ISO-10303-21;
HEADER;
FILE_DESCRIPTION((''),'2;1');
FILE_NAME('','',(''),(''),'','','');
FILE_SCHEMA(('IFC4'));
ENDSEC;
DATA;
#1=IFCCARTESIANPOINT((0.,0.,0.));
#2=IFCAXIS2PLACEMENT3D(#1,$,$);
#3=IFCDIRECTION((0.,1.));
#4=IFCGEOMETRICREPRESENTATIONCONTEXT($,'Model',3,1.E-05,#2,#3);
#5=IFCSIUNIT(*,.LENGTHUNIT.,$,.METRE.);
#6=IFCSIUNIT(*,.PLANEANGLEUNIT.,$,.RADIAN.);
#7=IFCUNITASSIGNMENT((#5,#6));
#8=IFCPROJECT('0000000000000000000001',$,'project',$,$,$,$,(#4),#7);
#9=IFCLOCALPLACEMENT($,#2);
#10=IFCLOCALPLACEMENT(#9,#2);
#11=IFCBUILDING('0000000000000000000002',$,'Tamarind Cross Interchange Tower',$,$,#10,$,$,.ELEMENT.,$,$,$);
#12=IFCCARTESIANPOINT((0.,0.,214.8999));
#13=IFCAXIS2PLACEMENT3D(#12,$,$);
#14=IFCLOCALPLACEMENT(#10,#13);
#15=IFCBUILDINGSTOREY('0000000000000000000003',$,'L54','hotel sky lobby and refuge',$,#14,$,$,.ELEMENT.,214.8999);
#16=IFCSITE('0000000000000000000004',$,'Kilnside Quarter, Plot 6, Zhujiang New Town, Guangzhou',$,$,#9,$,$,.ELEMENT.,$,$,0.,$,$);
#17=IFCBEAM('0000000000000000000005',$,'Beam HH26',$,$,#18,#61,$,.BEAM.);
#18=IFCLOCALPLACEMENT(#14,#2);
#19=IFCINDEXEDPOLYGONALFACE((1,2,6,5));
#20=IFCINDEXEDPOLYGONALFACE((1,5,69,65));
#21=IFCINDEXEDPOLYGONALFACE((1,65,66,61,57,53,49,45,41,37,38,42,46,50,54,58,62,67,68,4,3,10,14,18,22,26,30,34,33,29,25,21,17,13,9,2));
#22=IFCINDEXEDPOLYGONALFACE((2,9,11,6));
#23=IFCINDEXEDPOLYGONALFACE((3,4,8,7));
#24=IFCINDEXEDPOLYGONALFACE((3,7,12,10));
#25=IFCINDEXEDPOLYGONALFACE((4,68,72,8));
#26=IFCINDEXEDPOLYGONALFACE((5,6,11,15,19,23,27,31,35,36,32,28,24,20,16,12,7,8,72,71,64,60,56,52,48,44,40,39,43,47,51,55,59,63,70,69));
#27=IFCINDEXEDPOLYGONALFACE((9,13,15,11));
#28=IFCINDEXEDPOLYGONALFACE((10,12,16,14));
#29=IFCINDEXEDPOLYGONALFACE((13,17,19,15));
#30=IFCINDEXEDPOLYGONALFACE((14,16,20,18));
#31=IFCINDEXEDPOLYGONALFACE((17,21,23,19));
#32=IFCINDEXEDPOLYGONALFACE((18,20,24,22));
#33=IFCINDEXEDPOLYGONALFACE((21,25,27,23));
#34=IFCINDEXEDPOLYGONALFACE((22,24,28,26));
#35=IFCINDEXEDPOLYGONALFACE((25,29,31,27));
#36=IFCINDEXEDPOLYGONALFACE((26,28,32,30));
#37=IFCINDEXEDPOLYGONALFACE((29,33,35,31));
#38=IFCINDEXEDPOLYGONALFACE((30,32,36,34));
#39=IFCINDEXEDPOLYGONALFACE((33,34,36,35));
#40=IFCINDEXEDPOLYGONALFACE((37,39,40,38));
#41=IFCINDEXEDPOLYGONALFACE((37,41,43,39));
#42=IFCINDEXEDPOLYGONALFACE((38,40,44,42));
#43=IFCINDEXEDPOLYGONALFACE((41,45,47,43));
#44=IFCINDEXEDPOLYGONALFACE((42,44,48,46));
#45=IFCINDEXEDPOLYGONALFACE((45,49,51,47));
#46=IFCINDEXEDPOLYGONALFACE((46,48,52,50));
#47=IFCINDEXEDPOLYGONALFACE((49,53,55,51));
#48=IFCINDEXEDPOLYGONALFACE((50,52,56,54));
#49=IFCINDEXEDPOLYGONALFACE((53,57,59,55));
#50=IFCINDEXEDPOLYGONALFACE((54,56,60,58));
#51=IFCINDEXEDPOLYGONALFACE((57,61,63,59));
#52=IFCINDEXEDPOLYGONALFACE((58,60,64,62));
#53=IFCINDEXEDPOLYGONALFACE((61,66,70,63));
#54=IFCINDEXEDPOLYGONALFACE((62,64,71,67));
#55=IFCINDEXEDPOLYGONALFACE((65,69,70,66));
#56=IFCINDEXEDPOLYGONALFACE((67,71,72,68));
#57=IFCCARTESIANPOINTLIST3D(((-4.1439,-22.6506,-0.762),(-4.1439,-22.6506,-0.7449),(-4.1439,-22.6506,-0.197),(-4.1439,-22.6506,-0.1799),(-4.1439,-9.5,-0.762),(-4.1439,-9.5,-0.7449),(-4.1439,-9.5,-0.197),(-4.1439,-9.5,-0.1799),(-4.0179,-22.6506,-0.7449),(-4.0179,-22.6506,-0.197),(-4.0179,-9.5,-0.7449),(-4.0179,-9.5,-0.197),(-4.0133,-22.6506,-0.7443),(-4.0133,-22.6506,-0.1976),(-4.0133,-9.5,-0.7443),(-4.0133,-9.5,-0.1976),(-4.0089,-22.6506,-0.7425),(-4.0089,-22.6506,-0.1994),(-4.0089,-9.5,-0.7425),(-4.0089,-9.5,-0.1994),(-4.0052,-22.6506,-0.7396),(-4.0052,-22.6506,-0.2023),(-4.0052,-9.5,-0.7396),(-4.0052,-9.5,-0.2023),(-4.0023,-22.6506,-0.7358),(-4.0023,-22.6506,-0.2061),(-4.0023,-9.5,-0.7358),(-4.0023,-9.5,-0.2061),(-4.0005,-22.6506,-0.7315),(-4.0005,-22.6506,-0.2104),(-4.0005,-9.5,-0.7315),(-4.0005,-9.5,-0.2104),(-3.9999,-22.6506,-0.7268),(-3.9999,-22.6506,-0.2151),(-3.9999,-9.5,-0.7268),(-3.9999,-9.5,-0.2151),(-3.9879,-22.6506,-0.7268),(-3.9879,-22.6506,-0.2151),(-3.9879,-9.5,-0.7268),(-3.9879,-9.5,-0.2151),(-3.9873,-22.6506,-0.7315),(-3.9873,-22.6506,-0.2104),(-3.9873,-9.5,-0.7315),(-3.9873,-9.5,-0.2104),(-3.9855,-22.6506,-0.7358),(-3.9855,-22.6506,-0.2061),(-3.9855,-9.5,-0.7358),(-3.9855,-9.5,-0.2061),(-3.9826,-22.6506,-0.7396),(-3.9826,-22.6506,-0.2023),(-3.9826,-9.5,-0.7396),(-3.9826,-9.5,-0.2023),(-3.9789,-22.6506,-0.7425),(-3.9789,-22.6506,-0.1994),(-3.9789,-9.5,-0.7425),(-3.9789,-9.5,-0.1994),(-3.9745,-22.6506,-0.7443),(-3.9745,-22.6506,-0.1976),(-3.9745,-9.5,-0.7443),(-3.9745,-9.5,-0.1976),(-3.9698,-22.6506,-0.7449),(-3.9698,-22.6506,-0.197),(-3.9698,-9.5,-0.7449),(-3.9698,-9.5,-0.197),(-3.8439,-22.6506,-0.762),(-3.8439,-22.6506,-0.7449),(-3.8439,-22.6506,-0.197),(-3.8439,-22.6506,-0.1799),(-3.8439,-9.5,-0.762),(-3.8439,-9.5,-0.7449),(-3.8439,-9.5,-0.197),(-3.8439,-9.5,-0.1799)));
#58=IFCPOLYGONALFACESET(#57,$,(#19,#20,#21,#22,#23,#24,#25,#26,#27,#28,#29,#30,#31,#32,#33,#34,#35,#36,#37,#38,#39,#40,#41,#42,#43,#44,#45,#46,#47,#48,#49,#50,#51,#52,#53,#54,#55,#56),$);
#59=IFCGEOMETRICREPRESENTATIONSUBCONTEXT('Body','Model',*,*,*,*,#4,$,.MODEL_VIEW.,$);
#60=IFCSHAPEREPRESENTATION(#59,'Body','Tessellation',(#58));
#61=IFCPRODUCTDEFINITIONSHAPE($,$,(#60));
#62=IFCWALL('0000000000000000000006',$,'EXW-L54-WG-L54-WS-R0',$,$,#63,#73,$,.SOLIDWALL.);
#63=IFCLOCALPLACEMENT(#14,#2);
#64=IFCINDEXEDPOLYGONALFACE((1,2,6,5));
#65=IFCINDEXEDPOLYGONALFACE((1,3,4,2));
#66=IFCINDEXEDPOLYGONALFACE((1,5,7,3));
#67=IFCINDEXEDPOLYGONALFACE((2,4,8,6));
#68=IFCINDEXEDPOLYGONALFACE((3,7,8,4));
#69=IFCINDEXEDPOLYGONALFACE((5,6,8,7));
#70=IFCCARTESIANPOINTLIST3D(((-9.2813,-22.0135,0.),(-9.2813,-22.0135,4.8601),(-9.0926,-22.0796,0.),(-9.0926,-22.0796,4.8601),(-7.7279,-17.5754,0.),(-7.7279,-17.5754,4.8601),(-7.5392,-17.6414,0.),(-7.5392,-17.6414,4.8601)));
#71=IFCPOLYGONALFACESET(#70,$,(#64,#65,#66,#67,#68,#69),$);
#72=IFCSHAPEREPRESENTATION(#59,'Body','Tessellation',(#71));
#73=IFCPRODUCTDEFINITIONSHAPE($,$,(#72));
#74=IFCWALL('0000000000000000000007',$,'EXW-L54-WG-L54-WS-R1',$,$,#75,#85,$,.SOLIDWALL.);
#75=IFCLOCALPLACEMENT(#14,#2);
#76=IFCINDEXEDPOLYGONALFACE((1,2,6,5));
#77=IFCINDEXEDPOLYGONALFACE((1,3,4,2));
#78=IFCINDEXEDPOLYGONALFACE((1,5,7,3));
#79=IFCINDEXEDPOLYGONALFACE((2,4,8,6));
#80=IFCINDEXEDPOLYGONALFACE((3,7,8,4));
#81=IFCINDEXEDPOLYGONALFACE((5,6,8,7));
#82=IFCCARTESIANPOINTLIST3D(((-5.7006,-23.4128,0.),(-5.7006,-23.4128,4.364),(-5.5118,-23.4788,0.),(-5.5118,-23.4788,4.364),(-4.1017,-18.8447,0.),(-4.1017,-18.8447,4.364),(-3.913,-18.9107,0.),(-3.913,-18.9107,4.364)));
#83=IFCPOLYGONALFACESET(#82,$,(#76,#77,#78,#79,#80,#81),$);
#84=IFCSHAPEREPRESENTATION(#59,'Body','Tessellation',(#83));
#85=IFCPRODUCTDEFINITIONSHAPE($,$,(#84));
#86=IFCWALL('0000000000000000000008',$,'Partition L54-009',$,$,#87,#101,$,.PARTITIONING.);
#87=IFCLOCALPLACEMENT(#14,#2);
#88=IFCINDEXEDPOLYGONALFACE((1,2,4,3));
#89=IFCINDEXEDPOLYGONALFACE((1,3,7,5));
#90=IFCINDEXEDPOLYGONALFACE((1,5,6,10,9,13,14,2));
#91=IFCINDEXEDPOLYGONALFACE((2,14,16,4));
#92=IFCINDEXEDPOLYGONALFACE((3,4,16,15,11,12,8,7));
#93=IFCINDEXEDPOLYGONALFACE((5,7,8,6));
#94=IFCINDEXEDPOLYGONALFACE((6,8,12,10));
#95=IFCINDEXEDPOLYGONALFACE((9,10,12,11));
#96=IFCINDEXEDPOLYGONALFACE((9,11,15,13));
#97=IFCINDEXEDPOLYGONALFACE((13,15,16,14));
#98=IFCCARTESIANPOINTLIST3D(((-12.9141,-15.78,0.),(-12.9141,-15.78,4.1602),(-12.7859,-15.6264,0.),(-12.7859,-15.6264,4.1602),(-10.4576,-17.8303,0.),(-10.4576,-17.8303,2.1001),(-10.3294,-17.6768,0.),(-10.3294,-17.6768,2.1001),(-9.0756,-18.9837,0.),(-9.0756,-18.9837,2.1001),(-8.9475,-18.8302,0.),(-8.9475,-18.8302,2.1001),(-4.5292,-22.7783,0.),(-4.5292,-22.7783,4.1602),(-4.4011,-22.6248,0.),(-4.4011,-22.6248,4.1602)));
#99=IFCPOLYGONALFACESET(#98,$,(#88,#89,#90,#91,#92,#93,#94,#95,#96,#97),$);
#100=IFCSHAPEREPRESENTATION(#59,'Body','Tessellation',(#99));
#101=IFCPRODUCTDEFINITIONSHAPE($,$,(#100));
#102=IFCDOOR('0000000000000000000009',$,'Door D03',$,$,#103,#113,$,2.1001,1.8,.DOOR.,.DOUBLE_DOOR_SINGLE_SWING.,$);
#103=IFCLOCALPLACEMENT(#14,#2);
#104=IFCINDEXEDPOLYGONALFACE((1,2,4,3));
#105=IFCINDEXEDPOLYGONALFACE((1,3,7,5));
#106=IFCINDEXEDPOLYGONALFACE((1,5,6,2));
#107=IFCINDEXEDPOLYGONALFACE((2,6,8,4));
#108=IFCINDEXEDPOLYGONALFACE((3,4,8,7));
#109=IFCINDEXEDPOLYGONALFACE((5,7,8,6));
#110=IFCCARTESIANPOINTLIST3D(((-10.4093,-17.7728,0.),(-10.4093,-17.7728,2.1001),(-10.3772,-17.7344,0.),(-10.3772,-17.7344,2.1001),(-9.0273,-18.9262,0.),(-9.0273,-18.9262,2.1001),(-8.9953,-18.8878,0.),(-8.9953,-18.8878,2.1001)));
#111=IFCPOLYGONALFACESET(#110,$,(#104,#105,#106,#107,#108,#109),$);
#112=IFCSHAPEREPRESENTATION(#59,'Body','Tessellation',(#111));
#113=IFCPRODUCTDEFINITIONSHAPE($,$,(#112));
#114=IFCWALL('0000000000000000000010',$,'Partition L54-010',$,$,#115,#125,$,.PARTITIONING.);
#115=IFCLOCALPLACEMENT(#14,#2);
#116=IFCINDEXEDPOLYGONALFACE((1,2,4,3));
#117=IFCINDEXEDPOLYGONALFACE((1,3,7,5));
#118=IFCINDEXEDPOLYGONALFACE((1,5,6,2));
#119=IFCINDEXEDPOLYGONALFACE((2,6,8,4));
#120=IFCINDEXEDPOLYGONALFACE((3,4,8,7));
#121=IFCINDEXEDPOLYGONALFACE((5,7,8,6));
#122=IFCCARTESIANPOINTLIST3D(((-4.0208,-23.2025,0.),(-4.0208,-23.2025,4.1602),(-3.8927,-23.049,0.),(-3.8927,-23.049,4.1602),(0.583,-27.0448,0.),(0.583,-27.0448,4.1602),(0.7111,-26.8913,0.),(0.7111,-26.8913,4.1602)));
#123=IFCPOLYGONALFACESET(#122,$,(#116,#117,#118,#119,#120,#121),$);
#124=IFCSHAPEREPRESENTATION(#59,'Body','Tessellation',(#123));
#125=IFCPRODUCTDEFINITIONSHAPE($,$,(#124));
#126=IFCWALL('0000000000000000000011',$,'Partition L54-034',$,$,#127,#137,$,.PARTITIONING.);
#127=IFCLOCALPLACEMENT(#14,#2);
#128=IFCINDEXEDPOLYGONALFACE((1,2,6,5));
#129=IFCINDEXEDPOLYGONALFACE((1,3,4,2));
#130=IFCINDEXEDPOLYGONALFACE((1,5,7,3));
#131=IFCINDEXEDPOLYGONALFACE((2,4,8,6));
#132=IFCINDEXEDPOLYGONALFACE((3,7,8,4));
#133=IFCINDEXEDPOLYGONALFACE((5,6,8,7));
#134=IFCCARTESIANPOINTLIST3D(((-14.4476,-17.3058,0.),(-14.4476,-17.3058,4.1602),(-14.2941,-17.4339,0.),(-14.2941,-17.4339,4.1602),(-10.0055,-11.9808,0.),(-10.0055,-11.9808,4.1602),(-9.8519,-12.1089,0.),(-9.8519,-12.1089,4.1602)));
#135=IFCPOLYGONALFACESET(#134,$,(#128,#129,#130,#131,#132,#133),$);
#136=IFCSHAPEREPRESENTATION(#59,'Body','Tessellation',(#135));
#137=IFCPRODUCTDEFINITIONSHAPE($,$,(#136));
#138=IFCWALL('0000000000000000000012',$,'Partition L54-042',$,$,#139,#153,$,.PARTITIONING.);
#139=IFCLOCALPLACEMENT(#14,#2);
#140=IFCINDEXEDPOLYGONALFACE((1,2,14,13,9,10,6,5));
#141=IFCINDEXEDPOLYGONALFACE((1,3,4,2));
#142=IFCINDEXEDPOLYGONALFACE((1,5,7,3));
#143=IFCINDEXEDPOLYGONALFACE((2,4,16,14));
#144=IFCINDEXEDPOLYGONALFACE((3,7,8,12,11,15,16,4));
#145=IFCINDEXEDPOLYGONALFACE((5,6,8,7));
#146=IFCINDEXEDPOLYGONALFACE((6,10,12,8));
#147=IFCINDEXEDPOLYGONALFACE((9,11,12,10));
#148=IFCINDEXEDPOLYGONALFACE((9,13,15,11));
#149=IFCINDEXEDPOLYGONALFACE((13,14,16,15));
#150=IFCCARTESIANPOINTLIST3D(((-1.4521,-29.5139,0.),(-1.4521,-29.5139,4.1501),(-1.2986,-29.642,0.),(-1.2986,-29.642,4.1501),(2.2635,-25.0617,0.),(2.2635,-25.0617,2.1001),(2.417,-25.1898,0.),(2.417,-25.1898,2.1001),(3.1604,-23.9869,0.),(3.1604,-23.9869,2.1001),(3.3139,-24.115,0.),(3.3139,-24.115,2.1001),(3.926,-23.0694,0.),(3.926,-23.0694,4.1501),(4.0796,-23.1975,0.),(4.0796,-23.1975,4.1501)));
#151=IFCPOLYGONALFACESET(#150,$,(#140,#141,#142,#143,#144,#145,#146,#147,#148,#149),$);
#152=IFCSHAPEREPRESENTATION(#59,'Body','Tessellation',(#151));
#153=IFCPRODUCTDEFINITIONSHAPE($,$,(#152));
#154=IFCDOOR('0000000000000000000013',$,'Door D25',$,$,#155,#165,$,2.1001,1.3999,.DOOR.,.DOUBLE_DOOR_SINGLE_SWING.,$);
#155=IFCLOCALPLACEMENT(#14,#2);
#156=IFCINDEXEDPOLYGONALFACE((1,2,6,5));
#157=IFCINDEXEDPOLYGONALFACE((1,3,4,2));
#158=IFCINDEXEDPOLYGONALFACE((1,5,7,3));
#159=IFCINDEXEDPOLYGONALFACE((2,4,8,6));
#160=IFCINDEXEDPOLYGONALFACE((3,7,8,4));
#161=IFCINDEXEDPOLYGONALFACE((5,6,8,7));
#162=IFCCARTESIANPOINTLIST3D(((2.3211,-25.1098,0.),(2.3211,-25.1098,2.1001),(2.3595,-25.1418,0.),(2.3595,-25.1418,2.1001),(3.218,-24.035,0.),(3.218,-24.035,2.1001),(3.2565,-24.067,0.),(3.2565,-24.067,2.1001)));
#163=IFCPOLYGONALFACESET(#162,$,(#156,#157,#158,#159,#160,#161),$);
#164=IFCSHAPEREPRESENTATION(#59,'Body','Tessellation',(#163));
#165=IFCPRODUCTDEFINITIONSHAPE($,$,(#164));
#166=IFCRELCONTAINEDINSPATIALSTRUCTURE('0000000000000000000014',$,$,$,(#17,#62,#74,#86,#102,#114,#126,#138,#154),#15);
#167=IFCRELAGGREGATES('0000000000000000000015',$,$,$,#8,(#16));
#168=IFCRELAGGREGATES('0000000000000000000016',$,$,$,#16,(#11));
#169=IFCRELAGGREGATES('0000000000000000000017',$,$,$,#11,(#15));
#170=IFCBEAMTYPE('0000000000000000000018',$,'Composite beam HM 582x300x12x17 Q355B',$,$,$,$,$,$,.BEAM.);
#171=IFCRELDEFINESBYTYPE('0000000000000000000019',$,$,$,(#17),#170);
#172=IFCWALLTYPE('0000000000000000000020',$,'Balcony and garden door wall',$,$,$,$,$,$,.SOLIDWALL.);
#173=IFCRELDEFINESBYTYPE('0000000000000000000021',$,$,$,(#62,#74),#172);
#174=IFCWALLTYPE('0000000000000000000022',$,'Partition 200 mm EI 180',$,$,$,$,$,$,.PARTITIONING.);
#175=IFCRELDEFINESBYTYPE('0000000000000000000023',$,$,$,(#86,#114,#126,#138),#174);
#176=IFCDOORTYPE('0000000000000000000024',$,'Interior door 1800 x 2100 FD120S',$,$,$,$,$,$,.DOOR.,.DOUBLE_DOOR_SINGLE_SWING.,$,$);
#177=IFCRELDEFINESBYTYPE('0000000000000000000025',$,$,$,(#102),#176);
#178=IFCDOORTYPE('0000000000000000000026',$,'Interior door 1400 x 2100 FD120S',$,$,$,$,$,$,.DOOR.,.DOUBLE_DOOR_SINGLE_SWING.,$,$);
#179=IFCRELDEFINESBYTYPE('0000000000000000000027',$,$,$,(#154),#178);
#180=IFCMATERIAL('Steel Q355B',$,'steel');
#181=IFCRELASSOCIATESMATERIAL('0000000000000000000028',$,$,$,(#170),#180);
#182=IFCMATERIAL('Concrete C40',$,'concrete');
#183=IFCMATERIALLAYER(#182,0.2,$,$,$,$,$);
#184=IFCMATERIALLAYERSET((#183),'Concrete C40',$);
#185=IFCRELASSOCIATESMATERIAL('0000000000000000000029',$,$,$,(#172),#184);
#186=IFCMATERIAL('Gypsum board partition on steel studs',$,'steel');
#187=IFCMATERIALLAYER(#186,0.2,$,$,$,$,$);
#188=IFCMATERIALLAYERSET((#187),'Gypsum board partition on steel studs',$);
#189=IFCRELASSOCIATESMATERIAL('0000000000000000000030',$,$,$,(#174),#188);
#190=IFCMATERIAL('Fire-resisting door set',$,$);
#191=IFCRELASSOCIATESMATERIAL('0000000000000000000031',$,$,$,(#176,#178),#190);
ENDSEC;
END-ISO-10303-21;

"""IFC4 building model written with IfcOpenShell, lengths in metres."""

from ifc_helpers import new_model, si_unit, direction, frame, frame_2d, origin, origin_2d, place, context, subcontext, project, spatial, rectangle, i_section, extrude, material, layer, layer_set, material_profile, profile_set, type_object, element, fill, save


model = new_model("IFC4")

# Units and contexts
model_context = context("Model", 3, precision=1e-05, world=origin(), true_north=direction((0.0, 1.0)))
body_context = subcontext(model_context, "Body", "Model", "MODEL_VIEW")
ifc_project = project(units=[si_unit("LENGTHUNIT", "METRE"), si_unit("PLANEANGLEUNIT", "RADIAN")], contexts=[model_context])

# Site, building, storey
site_placement = place(None, origin())
site = spatial("IfcSite", under=ifc_project, at=site_placement, Name="Kilnside Quarter, Plot 6, Zhujiang New Town, Guangzhou", CompositionType="ELEMENT", RefElevation=0.0)
building_placement = place(site_placement, origin())
building = spatial("IfcBuilding", under=site, at=building_placement, Name="Tamarind Cross Interchange Tower", CompositionType="ELEMENT")
storey_placement = place(building_placement, frame((0.0, 0.0, 214.8999)))
storey = spatial("IfcBuildingStorey", under=building, at=storey_placement, Name="L54", Description="hotel sky lobby and refuge", CompositionType="ELEMENT", Elevation=214.8999)

# Beam
ifc_material_1 = material(Name="Steel Q355B", Category="steel")
ifc_material_profile_1 = material_profile(ifc_material_1, i_section(OverallWidth=0.3, OverallDepth=0.582, WebThickness=0.012, FlangeThickness=0.0171, FilletRadius=0.0181, at=origin_2d()), Name="HM 582x300x12x17")
ifc_profile_set_1 = profile_set([ifc_material_profile_1], Name="Steel Q355B")
beam_type = type_object("IfcBeamType", Name="Composite beam HM 582x300x12x17 Q355B", PredefinedType="BEAM", material=ifc_profile_set_1)
beam_1_placement = place(storey_placement, frame((-3.9939, -22.6506, -0.4709), z_axis=(0.0, 1.0, 0.0), x_axis=(-1.0, 0.0, 0.0)))
element("IfcBeam", 1, at=beam_1_placement, inside=storey, type_object=beam_type, Name="Beam HH26", PredefinedType="BEAM", context=body_context, shape_type="SweptSolid", body=[
    extrude(i_section(OverallWidth=0.3, OverallDepth=0.582, WebThickness=0.012, FlangeThickness=0.0171, FilletRadius=0.0181, at=origin_2d()), origin(), (0.0, 0.0, 1.0), 13.1506),
])

# Shared definitions
ifc_material_2 = material(Name="Concrete C40", Category="concrete")
ifc_layer_1 = layer(ifc_material_2, 0.2)
ifc_layer_set_1 = layer_set([ifc_layer_1], Name="Concrete C40")
wall_type_1 = type_object("IfcWallType", Name="Balcony and garden door wall", PredefinedType="SOLIDWALL", material=ifc_layer_set_1)

# Walls
wall_1_placement = place(storey_placement, frame((-7.6335, -17.6084, 0.0), z_axis=(0.0, 0.0, 1.0), x_axis=(-0.330367, -0.943853, 0.0)))
element("IfcWall", 2, at=wall_1_placement, inside=storey, type_object=wall_type_1, Name="EXW-L54-WG-L54-WS-R0", PredefinedType="SOLIDWALL", context=body_context, shape_type="SweptSolid", body=[
    extrude(rectangle(XDim=4.7021, YDim=0.2, at=frame_2d((2.3511, 0.0))), origin(), (0.0, 0.0, 1.0), 4.8601),
])
wall_2_placement = place(storey_placement, frame((-4.0073, -18.8777, 0.0), z_axis=(0.0, 0.0, 1.0), x_axis=(-0.330357, -0.943856, 0.0)))
element("IfcWall", 3, at=wall_2_placement, inside=storey, type_object=wall_type_1, Name="EXW-L54-WG-L54-WS-R1", PredefinedType="SOLIDWALL", context=body_context, shape_type="SweptSolid", body=[
    extrude(rectangle(XDim=4.8398, YDim=0.2, at=frame_2d((2.4199, 0.0))), origin(), (0.0, 0.0, 1.0), 4.364),
])

# Wall, opening, door
ifc_material_3 = material(Name="Gypsum board partition on steel studs", Category="steel")
ifc_layer_2 = layer(ifc_material_3, 0.2)
ifc_layer_set_2 = layer_set([ifc_layer_2], Name="Gypsum board partition on steel studs")
wall_type_2 = type_object("IfcWallType", Name="Partition 200 mm EI 180", PredefinedType="PARTITIONING", material=ifc_layer_set_2)
wall_3_placement = place(storey_placement, frame((-12.8501, -15.7031, 0.0), z_axis=(0.0, 0.0, 1.0), x_axis=(0.767726, -0.640778, 0.0)))
wall_3 = element("IfcWall", 4, at=wall_3_placement, inside=storey, type_object=wall_type_2, Name="Partition L54-009", PredefinedType="PARTITIONING", context=body_context, shape_type="SweptSolid", body=[
    extrude(rectangle(XDim=10.9216, YDim=0.2, at=frame_2d((5.4609, 0.0))), origin(), (0.0, 0.0, 1.0), 4.1602),
])
opening_1_placement = place(wall_3_placement, frame((3.2, 0.0, 0.0)))
opening_1 = element("IfcOpeningElement", 5, at=opening_1_placement, cuts=wall_3, PredefinedType="OPENING", context=body_context, shape_type="SweptSolid", body=[
    extrude(rectangle(XDim=1.8, YDim=2.1001, at=frame_2d((0.8999, 1.05))), frame((0.0, 0.1099, 0.0), z_axis=(0.0, -1.0, 0.0), x_axis=(1.0, 0.0, 0.0)), (0.0, 0.0, 1.0), 0.22),
])
ifc_material_4 = material(Name="Fire-resisting door set")
door_type_1 = type_object("IfcDoorType", Name="Interior door 1800 x 2100 FD120S", OperationType="DOUBLE_DOOR_SINGLE_SWING", PredefinedType="DOOR", material=ifc_material_4)
door_1_placement = place(opening_1_placement, frame((1.8, 0.0, 0.0), z_axis=(0.0, 0.0, 1.0), x_axis=(-1.0, 0.0, 0.0)))
door_1 = element("IfcDoor", 6, at=door_1_placement, inside=storey, type_object=door_type_1, Name="Door D03", OperationType="DOUBLE_DOOR_SINGLE_SWING", OverallHeight=2.1001, OverallWidth=1.8, PredefinedType="DOOR", context=body_context, shape_type="SweptSolid", body=[
    extrude(rectangle(XDim=1.8, YDim=2.1001, at=frame_2d((0.8999, 1.05))), frame((0.0, 0.0249, 0.0), z_axis=(0.0, -1.0, 0.0), x_axis=(1.0, 0.0, 0.0)), (0.0, 0.0, 1.0), 0.05),
])
fill(opening_1, door_1)

# Walls
wall_4_placement = place(storey_placement, frame((-3.9568, -23.1257, 0.0), z_axis=(0.0, 0.0, 1.0), x_axis=(0.767744, -0.640757, 0.0)))
element("IfcWall", 7, at=wall_4_placement, inside=storey, type_object=wall_type_2, Name="Partition L54-010", PredefinedType="PARTITIONING", context=body_context, shape_type="SweptSolid", body=[
    extrude(rectangle(XDim=5.9966, YDim=0.2, at=frame_2d((2.9983, 0.0))), origin(), (0.0, 0.0, 1.0), 4.1602),
])
wall_5_placement = place(storey_placement, frame((-14.3708, -17.3699, 0.0), z_axis=(0.0, 0.0, 1.0), x_axis=(0.640583, 0.767889, 0.0)))
element("IfcWall", 8, at=wall_5_placement, inside=storey, type_object=wall_type_2, Name="Partition L54-034", PredefinedType="PARTITIONING", context=body_context, shape_type="SweptSolid", body=[
    extrude(rectangle(XDim=6.9346, YDim=0.2, at=frame_2d((3.4673, 0.0))), origin(), (0.0, 0.0, 1.0), 4.1602),
])

# Wall, opening, door
wall_6_placement = place(storey_placement, frame((-1.3752, -29.5779, 0.0), z_axis=(0.0, 0.0, 1.0), x_axis=(0.640725, 0.767771, 0.0)))
wall_6 = element("IfcWall", 9, at=wall_6_placement, inside=storey, type_object=wall_type_2, Name="Partition L54-042", PredefinedType="PARTITIONING", context=body_context, shape_type="SweptSolid", body=[
    extrude(rectangle(XDim=8.3938, YDim=0.2, at=frame_2d((4.1968, 0.0))), origin(), (0.0, 0.0, 1.0), 4.1501),
])
opening_2_placement = place(wall_6_placement, frame((5.7988, 0.0, 0.0)))
opening_2 = element("IfcOpeningElement", 10, at=opening_2_placement, cuts=wall_6, PredefinedType="OPENING", context=body_context, shape_type="SweptSolid", body=[
    extrude(rectangle(XDim=1.3999, YDim=2.1001, at=frame_2d((0.7, 1.05))), frame((0.0, 0.1099, 0.0), z_axis=(0.0, -1.0, 0.0), x_axis=(1.0, 0.0, 0.0)), (0.0, 0.0, 1.0), 0.22),
])
door_type_2 = type_object("IfcDoorType", Name="Interior door 1400 x 2100 FD120S", OperationType="DOUBLE_DOOR_SINGLE_SWING", PredefinedType="DOOR", material=ifc_material_4)
door_2_placement = place(opening_2_placement, origin())
door_2 = element("IfcDoor", 11, at=door_2_placement, inside=storey, type_object=door_type_2, Name="Door D25", OperationType="DOUBLE_DOOR_SINGLE_SWING", OverallHeight=2.1001, OverallWidth=1.3999, PredefinedType="DOOR", context=body_context, shape_type="SweptSolid", body=[
    extrude(rectangle(XDim=1.3999, YDim=2.1001, at=frame_2d((0.7, 1.05))), frame((0.0, 0.0249, 0.0), z_axis=(0.0, -1.0, 0.0), x_axis=(1.0, 0.0, 0.0)), (0.0, 0.0, 1.0), 0.05),
])
fill(opening_2, door_2)

save(model, "model.ifc")
